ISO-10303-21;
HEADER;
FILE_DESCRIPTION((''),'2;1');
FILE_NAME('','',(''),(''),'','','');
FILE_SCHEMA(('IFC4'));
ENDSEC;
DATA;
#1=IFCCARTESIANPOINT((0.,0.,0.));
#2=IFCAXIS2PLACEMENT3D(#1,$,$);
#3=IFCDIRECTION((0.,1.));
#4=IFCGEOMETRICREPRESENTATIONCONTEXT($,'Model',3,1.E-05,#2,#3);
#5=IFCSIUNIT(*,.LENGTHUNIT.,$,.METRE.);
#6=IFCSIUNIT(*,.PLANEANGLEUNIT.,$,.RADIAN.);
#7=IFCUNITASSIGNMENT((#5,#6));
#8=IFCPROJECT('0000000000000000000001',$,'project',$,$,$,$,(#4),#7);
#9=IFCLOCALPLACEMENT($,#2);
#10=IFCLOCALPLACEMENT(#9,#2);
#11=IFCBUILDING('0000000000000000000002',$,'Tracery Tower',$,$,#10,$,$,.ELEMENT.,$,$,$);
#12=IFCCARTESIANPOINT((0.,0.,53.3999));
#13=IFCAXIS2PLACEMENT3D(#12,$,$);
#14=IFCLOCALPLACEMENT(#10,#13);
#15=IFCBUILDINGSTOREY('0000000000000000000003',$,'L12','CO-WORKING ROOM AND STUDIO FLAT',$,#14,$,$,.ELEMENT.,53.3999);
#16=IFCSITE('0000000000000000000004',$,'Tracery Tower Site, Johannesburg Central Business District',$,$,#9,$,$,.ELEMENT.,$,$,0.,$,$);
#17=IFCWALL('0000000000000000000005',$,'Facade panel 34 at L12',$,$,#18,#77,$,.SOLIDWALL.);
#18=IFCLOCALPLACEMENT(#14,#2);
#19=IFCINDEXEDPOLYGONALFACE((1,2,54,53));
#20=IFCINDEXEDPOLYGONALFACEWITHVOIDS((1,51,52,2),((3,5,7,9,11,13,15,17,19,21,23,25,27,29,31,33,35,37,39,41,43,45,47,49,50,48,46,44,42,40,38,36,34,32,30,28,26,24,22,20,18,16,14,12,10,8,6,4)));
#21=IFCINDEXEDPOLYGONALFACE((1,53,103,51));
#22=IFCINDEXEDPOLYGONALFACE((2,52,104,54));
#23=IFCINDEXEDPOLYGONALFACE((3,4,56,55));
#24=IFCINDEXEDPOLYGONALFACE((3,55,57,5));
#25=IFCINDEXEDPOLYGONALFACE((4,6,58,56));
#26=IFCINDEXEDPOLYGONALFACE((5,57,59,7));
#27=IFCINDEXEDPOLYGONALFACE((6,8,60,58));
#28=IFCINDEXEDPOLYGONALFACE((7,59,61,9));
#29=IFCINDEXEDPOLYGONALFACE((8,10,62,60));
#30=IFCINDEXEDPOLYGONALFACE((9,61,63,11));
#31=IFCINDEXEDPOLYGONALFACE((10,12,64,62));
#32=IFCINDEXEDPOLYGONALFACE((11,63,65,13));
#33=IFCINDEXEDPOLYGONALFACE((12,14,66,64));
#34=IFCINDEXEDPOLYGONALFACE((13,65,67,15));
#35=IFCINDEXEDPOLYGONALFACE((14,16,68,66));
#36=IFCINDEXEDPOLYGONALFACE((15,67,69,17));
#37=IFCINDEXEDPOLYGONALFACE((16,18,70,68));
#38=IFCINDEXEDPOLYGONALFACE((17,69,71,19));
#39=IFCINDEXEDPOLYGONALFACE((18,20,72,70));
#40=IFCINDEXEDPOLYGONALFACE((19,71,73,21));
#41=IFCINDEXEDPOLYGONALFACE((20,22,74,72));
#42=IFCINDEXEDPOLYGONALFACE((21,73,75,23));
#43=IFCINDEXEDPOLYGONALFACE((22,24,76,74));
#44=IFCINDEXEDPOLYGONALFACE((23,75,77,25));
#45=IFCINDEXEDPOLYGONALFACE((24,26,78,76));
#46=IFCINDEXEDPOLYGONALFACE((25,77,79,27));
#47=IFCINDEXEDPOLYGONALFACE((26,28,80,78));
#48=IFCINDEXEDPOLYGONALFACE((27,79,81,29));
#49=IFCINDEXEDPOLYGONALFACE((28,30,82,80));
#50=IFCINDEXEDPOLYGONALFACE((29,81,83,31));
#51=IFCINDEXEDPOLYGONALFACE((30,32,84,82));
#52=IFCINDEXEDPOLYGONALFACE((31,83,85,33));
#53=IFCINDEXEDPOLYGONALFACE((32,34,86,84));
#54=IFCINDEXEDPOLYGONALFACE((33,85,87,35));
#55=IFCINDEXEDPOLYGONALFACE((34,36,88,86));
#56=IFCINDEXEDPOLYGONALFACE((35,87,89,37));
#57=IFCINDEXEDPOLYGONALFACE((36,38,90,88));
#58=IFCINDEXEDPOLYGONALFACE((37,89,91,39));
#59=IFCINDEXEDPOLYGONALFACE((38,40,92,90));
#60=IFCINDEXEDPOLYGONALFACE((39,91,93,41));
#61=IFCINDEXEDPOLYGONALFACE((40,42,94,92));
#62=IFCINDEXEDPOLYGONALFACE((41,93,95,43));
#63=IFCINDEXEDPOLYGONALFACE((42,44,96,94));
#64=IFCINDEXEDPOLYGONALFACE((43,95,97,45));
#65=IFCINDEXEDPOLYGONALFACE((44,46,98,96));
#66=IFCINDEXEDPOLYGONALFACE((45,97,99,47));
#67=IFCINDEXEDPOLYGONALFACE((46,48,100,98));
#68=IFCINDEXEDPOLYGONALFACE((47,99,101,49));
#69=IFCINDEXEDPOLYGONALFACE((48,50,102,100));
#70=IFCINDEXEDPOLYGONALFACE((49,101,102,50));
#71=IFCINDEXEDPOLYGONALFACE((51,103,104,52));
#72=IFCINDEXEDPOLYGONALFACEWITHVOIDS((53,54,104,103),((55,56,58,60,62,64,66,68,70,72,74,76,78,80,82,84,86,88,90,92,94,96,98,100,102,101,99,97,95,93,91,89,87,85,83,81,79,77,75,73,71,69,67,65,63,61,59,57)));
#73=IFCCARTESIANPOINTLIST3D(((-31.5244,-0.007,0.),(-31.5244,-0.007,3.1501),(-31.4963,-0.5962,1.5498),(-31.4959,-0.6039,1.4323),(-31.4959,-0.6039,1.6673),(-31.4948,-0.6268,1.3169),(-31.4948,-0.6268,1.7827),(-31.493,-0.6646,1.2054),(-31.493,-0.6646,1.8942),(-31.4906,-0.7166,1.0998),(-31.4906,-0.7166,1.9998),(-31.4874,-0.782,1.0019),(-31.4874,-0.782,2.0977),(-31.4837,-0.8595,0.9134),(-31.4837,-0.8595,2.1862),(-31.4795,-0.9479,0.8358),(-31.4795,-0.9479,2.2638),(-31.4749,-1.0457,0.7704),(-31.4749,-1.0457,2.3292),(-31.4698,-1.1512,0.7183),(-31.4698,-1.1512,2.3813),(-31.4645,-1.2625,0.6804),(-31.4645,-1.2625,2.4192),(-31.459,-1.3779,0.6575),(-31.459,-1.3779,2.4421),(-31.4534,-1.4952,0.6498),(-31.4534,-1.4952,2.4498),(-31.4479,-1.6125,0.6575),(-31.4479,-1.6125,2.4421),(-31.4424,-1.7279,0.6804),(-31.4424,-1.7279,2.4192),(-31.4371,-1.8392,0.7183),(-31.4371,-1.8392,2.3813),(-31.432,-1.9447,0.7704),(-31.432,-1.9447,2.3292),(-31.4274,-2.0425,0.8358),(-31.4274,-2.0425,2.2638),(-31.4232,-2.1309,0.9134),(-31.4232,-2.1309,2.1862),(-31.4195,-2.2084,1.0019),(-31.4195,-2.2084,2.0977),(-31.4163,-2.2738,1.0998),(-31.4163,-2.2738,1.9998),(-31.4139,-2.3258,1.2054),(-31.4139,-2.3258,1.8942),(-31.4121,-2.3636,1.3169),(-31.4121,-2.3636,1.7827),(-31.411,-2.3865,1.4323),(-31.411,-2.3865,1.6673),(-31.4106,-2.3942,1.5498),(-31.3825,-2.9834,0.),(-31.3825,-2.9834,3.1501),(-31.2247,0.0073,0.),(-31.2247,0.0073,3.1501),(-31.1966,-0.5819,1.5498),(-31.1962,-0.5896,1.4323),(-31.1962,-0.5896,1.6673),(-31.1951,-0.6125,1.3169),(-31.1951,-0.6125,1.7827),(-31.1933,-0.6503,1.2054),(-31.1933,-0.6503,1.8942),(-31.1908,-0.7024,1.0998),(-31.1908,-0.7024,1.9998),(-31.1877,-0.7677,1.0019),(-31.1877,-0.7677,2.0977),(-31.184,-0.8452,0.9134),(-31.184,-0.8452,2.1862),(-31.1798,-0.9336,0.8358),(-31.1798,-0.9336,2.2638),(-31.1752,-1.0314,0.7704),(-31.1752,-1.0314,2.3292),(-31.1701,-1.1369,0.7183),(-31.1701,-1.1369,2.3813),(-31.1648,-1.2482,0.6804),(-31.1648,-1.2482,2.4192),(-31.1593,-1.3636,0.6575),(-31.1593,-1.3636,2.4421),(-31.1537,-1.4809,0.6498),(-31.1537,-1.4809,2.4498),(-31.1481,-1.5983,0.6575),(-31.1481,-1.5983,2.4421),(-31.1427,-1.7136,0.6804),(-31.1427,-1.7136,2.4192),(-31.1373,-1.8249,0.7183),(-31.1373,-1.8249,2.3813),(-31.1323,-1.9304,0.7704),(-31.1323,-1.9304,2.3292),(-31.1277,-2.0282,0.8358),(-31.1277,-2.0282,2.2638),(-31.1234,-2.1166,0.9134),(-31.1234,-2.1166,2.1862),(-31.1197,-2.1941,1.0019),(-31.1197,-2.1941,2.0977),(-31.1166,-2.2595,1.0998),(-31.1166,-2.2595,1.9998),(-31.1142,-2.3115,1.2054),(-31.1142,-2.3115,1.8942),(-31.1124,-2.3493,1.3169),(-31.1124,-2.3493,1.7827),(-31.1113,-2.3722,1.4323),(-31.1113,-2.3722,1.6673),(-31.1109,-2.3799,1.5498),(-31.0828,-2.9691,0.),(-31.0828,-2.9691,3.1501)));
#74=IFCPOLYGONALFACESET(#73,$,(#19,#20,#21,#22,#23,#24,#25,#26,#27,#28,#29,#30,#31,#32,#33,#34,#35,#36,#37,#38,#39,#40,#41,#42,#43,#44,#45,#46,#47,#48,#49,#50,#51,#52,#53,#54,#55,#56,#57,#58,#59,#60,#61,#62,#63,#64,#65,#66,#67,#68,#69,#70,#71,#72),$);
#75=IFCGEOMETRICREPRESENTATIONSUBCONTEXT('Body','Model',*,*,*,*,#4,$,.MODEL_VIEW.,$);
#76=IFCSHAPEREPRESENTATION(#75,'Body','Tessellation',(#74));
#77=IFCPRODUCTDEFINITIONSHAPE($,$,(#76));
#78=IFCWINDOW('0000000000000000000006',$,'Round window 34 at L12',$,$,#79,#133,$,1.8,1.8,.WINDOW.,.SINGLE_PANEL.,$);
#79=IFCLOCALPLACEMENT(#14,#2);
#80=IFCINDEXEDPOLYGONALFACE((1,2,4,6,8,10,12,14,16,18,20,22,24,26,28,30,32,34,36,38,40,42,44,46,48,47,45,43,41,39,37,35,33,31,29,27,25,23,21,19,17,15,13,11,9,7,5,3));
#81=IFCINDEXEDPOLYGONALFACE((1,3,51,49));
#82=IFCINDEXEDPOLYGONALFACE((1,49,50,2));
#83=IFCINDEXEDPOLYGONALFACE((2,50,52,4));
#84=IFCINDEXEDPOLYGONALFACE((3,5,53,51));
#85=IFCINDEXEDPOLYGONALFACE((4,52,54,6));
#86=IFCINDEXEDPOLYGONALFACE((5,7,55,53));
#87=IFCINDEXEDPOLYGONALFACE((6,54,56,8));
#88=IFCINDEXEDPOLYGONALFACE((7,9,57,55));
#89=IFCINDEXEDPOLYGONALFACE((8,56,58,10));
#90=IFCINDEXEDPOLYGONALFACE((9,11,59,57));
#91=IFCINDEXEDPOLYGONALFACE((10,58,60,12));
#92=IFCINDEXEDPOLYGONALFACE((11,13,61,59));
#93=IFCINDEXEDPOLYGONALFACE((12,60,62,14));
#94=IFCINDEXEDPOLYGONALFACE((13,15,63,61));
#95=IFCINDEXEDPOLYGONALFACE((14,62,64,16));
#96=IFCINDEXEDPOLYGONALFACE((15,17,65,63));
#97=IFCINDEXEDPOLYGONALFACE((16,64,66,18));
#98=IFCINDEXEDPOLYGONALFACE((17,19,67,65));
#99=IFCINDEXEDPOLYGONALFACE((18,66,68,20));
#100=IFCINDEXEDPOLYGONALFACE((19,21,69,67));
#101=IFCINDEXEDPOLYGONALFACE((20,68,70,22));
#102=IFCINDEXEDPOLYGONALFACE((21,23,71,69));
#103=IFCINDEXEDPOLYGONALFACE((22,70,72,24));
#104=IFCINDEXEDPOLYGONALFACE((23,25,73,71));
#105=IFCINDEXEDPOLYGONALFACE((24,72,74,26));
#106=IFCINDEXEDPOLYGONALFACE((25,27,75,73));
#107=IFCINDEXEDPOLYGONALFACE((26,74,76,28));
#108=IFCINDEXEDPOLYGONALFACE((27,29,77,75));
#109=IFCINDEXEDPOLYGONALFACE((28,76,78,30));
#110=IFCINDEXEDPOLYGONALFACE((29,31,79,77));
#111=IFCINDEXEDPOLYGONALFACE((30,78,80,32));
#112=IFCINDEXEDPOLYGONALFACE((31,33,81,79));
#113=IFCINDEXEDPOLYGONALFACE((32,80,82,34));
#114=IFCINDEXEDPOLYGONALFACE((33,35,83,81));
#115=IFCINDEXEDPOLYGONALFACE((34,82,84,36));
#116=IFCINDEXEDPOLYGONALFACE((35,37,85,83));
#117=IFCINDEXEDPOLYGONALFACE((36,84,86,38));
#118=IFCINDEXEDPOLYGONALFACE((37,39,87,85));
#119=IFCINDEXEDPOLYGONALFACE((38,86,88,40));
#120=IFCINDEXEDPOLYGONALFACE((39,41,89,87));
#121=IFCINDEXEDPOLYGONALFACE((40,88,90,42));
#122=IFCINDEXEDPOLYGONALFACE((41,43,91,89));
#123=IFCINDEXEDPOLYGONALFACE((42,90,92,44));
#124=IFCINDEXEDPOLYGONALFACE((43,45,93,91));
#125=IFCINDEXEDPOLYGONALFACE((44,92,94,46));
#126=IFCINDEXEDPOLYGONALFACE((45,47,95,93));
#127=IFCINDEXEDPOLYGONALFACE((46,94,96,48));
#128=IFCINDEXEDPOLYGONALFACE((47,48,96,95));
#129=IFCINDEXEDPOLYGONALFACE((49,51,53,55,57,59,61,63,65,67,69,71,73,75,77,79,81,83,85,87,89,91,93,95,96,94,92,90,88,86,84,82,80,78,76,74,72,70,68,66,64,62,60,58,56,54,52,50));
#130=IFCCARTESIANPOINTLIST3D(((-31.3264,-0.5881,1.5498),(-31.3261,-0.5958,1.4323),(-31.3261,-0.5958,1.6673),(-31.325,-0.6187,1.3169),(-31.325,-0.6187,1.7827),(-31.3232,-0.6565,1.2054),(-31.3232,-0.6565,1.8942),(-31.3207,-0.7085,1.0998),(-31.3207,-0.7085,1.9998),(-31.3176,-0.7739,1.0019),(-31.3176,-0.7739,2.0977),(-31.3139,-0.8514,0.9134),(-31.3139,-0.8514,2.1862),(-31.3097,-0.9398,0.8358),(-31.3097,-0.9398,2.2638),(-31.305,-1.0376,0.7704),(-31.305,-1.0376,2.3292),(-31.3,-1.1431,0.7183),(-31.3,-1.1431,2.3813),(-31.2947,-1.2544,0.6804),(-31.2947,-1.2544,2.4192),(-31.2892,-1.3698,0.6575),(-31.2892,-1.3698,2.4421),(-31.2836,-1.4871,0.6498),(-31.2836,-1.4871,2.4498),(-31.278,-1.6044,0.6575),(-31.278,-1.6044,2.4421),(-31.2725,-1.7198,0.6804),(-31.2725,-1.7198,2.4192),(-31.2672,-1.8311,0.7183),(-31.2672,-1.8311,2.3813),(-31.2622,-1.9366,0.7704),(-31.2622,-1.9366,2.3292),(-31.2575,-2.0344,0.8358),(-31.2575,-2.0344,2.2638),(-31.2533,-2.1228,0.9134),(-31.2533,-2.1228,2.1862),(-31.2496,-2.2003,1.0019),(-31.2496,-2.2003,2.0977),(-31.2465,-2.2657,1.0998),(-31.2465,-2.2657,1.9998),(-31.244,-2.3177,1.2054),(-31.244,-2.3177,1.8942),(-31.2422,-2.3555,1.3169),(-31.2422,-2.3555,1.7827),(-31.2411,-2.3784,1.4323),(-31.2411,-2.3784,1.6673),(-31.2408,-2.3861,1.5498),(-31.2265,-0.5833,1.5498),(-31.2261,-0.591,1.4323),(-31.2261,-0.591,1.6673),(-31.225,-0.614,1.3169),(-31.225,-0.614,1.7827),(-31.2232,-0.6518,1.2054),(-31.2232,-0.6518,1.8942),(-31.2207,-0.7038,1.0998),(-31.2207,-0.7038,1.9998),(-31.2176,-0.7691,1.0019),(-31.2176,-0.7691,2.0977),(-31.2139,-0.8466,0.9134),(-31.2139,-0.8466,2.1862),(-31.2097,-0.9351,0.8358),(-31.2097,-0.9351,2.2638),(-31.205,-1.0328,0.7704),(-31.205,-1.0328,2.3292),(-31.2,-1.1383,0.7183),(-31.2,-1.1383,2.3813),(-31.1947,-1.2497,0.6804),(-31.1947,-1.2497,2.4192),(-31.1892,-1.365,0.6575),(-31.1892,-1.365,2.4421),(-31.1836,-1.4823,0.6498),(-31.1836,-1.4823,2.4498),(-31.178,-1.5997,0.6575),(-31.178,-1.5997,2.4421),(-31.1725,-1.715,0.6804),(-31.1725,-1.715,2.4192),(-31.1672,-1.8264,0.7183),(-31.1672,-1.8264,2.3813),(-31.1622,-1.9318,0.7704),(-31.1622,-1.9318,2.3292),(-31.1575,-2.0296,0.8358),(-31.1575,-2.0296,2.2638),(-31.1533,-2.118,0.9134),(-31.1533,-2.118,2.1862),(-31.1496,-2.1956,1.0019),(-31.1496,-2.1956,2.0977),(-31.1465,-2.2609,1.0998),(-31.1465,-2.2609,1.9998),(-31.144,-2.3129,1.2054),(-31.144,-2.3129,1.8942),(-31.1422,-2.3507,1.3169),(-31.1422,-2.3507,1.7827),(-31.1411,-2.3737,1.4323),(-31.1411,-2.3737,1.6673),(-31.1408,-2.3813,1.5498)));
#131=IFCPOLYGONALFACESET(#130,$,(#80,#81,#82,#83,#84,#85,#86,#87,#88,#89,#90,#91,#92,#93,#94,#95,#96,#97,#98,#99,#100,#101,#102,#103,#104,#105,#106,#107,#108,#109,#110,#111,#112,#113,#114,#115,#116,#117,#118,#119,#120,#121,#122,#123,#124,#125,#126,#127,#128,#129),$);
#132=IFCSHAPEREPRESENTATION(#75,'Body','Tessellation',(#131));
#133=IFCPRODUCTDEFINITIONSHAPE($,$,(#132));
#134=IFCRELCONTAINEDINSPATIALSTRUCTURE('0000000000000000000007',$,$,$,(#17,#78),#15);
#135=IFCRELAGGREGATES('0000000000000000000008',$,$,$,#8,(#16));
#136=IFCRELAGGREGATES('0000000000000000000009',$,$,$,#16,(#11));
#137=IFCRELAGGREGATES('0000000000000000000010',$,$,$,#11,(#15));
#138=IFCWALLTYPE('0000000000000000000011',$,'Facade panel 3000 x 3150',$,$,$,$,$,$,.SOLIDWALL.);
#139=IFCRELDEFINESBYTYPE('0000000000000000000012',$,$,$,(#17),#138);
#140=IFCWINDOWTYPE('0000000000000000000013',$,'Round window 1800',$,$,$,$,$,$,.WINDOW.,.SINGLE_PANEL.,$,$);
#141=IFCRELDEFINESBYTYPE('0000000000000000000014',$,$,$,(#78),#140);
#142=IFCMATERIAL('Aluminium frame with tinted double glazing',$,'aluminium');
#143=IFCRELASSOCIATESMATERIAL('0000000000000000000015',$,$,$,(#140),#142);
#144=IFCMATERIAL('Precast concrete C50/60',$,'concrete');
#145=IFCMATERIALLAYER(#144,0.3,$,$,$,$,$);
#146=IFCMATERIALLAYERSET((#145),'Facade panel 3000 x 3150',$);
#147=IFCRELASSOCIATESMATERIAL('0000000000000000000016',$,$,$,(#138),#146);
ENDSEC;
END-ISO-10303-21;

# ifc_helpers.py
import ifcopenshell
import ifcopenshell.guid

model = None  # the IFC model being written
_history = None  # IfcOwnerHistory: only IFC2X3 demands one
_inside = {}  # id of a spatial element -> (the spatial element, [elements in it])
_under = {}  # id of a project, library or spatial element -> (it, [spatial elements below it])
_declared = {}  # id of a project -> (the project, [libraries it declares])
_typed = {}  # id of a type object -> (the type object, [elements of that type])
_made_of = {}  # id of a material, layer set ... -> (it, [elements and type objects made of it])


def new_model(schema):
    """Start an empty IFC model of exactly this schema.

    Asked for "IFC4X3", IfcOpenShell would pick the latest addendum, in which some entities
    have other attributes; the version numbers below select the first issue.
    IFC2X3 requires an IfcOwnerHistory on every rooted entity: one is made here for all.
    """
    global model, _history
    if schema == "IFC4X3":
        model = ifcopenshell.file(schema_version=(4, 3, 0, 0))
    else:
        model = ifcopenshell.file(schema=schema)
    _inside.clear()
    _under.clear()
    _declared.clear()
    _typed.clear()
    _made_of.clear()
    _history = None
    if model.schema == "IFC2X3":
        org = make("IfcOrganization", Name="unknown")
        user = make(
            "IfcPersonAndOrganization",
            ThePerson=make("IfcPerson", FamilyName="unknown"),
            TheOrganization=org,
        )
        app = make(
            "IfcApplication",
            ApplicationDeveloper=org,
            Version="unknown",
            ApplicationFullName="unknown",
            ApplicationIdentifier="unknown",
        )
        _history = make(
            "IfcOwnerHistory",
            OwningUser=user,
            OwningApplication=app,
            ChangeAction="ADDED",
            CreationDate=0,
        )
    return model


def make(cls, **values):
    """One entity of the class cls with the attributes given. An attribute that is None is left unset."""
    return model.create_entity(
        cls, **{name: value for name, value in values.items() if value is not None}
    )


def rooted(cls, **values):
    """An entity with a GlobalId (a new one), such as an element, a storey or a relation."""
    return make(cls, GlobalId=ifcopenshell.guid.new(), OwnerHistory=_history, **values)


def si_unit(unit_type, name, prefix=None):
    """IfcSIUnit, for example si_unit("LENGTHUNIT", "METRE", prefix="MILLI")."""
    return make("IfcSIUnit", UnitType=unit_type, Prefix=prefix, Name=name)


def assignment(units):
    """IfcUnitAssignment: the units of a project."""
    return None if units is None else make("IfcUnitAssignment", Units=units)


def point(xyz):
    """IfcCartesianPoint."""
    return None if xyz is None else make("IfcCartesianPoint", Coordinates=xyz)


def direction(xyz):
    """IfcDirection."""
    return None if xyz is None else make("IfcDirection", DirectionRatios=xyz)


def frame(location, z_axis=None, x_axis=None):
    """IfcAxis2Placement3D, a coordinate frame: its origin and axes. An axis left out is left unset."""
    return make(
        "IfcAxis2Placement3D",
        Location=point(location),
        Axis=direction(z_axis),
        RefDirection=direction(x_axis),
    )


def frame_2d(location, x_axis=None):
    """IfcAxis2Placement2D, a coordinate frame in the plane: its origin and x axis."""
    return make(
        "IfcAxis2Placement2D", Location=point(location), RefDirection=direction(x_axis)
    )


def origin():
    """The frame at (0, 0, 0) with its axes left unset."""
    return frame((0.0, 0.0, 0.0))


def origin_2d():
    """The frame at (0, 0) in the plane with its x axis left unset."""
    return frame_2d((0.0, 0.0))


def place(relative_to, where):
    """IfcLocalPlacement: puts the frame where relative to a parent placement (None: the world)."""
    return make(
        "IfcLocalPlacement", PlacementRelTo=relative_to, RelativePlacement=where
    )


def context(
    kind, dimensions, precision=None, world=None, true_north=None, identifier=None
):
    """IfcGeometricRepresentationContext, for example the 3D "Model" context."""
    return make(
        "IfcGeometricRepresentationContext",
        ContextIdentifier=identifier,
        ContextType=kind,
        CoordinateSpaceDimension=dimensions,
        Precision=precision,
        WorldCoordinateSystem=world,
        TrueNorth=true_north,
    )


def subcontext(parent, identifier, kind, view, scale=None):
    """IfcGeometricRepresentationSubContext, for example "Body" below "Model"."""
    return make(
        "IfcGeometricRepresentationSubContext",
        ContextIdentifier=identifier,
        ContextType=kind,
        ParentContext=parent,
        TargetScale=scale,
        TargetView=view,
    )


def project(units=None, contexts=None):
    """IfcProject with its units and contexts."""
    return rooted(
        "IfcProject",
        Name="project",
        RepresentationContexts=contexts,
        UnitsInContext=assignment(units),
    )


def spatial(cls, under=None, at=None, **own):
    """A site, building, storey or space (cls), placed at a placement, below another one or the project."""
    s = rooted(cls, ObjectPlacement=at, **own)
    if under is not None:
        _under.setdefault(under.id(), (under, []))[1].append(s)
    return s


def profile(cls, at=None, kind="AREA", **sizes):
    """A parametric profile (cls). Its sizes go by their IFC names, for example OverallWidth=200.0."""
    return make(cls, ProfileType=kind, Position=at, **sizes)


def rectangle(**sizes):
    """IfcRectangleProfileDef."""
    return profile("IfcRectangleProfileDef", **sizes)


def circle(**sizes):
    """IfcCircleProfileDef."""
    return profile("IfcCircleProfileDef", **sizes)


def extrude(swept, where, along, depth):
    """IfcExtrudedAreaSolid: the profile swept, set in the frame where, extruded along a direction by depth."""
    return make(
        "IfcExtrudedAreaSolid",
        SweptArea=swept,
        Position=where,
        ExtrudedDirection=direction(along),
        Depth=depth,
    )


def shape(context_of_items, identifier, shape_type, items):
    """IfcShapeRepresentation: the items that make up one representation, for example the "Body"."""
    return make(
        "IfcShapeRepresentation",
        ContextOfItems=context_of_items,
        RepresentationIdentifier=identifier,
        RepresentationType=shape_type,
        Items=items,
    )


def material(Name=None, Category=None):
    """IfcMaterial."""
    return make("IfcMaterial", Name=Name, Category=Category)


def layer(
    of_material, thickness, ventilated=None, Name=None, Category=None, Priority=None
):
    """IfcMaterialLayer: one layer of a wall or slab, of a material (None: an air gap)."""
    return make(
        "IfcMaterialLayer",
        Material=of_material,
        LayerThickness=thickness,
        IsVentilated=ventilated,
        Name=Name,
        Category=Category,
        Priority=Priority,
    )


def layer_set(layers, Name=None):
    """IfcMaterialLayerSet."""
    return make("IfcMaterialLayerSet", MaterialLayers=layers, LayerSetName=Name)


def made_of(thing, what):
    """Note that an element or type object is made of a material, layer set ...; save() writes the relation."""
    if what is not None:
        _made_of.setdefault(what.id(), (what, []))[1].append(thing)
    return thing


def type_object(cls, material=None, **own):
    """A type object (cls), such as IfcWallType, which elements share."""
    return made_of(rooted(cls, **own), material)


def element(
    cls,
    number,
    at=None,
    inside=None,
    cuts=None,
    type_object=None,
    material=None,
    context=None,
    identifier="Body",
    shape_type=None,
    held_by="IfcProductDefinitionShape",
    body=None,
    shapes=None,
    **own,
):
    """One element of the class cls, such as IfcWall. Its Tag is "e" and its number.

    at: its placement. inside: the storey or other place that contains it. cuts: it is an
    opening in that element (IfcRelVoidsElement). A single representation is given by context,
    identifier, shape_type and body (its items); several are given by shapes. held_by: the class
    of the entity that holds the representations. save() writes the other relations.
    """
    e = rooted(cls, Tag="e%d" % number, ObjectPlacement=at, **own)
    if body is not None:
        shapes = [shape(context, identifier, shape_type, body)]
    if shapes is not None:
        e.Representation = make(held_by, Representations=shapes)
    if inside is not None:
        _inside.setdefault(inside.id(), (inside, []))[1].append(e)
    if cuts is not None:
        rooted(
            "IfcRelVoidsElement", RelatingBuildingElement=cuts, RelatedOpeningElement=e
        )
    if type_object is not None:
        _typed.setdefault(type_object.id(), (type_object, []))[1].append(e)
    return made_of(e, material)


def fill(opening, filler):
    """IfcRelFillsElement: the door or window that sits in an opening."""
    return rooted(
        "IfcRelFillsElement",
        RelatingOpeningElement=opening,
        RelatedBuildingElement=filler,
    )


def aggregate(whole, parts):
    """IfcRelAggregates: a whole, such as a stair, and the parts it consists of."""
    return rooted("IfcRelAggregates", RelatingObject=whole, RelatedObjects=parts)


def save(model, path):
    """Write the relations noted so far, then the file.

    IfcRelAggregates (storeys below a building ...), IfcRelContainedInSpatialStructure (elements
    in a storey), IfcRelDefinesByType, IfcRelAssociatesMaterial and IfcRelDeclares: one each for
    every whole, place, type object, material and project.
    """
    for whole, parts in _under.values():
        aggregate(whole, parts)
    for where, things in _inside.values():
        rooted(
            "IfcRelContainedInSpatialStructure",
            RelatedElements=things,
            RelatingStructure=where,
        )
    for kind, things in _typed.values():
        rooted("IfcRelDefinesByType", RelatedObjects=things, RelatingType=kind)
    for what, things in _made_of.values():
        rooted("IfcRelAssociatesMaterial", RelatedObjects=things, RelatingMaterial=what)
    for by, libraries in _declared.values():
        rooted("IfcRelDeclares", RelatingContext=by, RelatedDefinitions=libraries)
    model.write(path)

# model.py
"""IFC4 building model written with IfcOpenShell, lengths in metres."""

from ifc_helpers import new_model, si_unit, direction, frame, frame_2d, origin, origin_2d, place, context, subcontext, project, spatial, rectangle, circle, extrude, material, layer, layer_set, type_object, element, fill, save


model = new_model("IFC4")

# Units and contexts
model_context = context("Model", 3, precision=1e-05, world=origin(), true_north=direction((0.0, 1.0)))
body_context = subcontext(model_context, "Body", "Model", "MODEL_VIEW")
ifc_project = project(units=[si_unit("LENGTHUNIT", "METRE"), si_unit("PLANEANGLEUNIT", "RADIAN")], contexts=[model_context])

# Site, building, storey
site_placement = place(None, origin())
site = spatial("IfcSite", under=ifc_project, at=site_placement, Name="Tracery Tower Site, Johannesburg Central Business District", CompositionType="ELEMENT", RefElevation=0.0)
building_placement = place(site_placement, origin())
building = spatial("IfcBuilding", under=site, at=building_placement, Name="Tracery Tower", CompositionType="ELEMENT")
storey_placement = place(building_placement, frame((0.0, 0.0, 53.3999)))
storey = spatial("IfcBuildingStorey", under=building, at=storey_placement, Name="L12", Description="CO-WORKING ROOM AND STUDIO FLAT", CompositionType="ELEMENT", Elevation=53.3999)

# Wall, opening, window
ifc_material_1 = material(Name="Aluminium frame with tinted double glazing", Category="aluminium")
window_type = type_object("IfcWindowType", Name="Round window 1800", PartitioningType="SINGLE_PANEL", PredefinedType="WINDOW", material=ifc_material_1)
ifc_material_2 = material(Name="Precast concrete C50/60", Category="concrete")
ifc_layer_1 = layer(ifc_material_2, 0.3)
ifc_layer_set_1 = layer_set([ifc_layer_1], Name="Facade panel 3000 x 3150")
wall_type_1 = type_object("IfcWallType", Name="Facade panel 3000 x 3150", PredefinedType="SOLIDWALL", material=ifc_layer_set_1)
wall_1_placement = place(storey_placement, frame((-31.3745, 0.0, 0.0), z_axis=(0.0, 0.0, 1.0), x_axis=(0.047604, -0.998866, 0.0)))
wall_1 = element("IfcWall", 1, at=wall_1_placement, inside=storey, type_object=wall_type_1, Name="Facade panel 34 at L12", PredefinedType="SOLIDWALL", context=body_context, shape_type="SweptSolid", body=[
    extrude(rectangle(XDim=2.9797, YDim=0.3, at=frame_2d((1.4897, 0.0))), origin(), (0.0, 0.0, 1.0), 3.1501),
])
opening_1_placement = place(wall_1_placement, frame((1.4897, 0.0, 1.5498)))
opening_1 = element("IfcOpeningElement", 2, at=opening_1_placement, cuts=wall_1, PredefinedType="OPENING", context=body_context, shape_type="SweptSolid", body=[
    extrude(circle(Radius=0.9, at=origin_2d()), frame((0.0, 0.1599, 0.0), z_axis=(0.0, -1.0, 0.0), x_axis=(1.0, 0.0, 0.0)), (0.0, 0.0, 1.0), 0.3201),
])
window_1_placement = place(opening_1_placement, origin())
window_1 = element("IfcWindow", 3, at=window_1_placement, inside=storey, type_object=window_type, Name="Round window 34 at L12", OverallHeight=1.8, OverallWidth=1.8, PartitioningType="SINGLE_PANEL", PredefinedType="WINDOW", context=body_context, shape_type="SweptSolid", body=[
    extrude(circle(Radius=0.9, at=origin_2d()), frame((0.0, 0.1201, 0.0), z_axis=(0.0, -1.0, 0.0), x_axis=(1.0, 0.0, 0.0)), (0.0, 0.0, 1.0), 0.1001),
])
fill(opening_1, window_1)

save(model, "model.ifc")
